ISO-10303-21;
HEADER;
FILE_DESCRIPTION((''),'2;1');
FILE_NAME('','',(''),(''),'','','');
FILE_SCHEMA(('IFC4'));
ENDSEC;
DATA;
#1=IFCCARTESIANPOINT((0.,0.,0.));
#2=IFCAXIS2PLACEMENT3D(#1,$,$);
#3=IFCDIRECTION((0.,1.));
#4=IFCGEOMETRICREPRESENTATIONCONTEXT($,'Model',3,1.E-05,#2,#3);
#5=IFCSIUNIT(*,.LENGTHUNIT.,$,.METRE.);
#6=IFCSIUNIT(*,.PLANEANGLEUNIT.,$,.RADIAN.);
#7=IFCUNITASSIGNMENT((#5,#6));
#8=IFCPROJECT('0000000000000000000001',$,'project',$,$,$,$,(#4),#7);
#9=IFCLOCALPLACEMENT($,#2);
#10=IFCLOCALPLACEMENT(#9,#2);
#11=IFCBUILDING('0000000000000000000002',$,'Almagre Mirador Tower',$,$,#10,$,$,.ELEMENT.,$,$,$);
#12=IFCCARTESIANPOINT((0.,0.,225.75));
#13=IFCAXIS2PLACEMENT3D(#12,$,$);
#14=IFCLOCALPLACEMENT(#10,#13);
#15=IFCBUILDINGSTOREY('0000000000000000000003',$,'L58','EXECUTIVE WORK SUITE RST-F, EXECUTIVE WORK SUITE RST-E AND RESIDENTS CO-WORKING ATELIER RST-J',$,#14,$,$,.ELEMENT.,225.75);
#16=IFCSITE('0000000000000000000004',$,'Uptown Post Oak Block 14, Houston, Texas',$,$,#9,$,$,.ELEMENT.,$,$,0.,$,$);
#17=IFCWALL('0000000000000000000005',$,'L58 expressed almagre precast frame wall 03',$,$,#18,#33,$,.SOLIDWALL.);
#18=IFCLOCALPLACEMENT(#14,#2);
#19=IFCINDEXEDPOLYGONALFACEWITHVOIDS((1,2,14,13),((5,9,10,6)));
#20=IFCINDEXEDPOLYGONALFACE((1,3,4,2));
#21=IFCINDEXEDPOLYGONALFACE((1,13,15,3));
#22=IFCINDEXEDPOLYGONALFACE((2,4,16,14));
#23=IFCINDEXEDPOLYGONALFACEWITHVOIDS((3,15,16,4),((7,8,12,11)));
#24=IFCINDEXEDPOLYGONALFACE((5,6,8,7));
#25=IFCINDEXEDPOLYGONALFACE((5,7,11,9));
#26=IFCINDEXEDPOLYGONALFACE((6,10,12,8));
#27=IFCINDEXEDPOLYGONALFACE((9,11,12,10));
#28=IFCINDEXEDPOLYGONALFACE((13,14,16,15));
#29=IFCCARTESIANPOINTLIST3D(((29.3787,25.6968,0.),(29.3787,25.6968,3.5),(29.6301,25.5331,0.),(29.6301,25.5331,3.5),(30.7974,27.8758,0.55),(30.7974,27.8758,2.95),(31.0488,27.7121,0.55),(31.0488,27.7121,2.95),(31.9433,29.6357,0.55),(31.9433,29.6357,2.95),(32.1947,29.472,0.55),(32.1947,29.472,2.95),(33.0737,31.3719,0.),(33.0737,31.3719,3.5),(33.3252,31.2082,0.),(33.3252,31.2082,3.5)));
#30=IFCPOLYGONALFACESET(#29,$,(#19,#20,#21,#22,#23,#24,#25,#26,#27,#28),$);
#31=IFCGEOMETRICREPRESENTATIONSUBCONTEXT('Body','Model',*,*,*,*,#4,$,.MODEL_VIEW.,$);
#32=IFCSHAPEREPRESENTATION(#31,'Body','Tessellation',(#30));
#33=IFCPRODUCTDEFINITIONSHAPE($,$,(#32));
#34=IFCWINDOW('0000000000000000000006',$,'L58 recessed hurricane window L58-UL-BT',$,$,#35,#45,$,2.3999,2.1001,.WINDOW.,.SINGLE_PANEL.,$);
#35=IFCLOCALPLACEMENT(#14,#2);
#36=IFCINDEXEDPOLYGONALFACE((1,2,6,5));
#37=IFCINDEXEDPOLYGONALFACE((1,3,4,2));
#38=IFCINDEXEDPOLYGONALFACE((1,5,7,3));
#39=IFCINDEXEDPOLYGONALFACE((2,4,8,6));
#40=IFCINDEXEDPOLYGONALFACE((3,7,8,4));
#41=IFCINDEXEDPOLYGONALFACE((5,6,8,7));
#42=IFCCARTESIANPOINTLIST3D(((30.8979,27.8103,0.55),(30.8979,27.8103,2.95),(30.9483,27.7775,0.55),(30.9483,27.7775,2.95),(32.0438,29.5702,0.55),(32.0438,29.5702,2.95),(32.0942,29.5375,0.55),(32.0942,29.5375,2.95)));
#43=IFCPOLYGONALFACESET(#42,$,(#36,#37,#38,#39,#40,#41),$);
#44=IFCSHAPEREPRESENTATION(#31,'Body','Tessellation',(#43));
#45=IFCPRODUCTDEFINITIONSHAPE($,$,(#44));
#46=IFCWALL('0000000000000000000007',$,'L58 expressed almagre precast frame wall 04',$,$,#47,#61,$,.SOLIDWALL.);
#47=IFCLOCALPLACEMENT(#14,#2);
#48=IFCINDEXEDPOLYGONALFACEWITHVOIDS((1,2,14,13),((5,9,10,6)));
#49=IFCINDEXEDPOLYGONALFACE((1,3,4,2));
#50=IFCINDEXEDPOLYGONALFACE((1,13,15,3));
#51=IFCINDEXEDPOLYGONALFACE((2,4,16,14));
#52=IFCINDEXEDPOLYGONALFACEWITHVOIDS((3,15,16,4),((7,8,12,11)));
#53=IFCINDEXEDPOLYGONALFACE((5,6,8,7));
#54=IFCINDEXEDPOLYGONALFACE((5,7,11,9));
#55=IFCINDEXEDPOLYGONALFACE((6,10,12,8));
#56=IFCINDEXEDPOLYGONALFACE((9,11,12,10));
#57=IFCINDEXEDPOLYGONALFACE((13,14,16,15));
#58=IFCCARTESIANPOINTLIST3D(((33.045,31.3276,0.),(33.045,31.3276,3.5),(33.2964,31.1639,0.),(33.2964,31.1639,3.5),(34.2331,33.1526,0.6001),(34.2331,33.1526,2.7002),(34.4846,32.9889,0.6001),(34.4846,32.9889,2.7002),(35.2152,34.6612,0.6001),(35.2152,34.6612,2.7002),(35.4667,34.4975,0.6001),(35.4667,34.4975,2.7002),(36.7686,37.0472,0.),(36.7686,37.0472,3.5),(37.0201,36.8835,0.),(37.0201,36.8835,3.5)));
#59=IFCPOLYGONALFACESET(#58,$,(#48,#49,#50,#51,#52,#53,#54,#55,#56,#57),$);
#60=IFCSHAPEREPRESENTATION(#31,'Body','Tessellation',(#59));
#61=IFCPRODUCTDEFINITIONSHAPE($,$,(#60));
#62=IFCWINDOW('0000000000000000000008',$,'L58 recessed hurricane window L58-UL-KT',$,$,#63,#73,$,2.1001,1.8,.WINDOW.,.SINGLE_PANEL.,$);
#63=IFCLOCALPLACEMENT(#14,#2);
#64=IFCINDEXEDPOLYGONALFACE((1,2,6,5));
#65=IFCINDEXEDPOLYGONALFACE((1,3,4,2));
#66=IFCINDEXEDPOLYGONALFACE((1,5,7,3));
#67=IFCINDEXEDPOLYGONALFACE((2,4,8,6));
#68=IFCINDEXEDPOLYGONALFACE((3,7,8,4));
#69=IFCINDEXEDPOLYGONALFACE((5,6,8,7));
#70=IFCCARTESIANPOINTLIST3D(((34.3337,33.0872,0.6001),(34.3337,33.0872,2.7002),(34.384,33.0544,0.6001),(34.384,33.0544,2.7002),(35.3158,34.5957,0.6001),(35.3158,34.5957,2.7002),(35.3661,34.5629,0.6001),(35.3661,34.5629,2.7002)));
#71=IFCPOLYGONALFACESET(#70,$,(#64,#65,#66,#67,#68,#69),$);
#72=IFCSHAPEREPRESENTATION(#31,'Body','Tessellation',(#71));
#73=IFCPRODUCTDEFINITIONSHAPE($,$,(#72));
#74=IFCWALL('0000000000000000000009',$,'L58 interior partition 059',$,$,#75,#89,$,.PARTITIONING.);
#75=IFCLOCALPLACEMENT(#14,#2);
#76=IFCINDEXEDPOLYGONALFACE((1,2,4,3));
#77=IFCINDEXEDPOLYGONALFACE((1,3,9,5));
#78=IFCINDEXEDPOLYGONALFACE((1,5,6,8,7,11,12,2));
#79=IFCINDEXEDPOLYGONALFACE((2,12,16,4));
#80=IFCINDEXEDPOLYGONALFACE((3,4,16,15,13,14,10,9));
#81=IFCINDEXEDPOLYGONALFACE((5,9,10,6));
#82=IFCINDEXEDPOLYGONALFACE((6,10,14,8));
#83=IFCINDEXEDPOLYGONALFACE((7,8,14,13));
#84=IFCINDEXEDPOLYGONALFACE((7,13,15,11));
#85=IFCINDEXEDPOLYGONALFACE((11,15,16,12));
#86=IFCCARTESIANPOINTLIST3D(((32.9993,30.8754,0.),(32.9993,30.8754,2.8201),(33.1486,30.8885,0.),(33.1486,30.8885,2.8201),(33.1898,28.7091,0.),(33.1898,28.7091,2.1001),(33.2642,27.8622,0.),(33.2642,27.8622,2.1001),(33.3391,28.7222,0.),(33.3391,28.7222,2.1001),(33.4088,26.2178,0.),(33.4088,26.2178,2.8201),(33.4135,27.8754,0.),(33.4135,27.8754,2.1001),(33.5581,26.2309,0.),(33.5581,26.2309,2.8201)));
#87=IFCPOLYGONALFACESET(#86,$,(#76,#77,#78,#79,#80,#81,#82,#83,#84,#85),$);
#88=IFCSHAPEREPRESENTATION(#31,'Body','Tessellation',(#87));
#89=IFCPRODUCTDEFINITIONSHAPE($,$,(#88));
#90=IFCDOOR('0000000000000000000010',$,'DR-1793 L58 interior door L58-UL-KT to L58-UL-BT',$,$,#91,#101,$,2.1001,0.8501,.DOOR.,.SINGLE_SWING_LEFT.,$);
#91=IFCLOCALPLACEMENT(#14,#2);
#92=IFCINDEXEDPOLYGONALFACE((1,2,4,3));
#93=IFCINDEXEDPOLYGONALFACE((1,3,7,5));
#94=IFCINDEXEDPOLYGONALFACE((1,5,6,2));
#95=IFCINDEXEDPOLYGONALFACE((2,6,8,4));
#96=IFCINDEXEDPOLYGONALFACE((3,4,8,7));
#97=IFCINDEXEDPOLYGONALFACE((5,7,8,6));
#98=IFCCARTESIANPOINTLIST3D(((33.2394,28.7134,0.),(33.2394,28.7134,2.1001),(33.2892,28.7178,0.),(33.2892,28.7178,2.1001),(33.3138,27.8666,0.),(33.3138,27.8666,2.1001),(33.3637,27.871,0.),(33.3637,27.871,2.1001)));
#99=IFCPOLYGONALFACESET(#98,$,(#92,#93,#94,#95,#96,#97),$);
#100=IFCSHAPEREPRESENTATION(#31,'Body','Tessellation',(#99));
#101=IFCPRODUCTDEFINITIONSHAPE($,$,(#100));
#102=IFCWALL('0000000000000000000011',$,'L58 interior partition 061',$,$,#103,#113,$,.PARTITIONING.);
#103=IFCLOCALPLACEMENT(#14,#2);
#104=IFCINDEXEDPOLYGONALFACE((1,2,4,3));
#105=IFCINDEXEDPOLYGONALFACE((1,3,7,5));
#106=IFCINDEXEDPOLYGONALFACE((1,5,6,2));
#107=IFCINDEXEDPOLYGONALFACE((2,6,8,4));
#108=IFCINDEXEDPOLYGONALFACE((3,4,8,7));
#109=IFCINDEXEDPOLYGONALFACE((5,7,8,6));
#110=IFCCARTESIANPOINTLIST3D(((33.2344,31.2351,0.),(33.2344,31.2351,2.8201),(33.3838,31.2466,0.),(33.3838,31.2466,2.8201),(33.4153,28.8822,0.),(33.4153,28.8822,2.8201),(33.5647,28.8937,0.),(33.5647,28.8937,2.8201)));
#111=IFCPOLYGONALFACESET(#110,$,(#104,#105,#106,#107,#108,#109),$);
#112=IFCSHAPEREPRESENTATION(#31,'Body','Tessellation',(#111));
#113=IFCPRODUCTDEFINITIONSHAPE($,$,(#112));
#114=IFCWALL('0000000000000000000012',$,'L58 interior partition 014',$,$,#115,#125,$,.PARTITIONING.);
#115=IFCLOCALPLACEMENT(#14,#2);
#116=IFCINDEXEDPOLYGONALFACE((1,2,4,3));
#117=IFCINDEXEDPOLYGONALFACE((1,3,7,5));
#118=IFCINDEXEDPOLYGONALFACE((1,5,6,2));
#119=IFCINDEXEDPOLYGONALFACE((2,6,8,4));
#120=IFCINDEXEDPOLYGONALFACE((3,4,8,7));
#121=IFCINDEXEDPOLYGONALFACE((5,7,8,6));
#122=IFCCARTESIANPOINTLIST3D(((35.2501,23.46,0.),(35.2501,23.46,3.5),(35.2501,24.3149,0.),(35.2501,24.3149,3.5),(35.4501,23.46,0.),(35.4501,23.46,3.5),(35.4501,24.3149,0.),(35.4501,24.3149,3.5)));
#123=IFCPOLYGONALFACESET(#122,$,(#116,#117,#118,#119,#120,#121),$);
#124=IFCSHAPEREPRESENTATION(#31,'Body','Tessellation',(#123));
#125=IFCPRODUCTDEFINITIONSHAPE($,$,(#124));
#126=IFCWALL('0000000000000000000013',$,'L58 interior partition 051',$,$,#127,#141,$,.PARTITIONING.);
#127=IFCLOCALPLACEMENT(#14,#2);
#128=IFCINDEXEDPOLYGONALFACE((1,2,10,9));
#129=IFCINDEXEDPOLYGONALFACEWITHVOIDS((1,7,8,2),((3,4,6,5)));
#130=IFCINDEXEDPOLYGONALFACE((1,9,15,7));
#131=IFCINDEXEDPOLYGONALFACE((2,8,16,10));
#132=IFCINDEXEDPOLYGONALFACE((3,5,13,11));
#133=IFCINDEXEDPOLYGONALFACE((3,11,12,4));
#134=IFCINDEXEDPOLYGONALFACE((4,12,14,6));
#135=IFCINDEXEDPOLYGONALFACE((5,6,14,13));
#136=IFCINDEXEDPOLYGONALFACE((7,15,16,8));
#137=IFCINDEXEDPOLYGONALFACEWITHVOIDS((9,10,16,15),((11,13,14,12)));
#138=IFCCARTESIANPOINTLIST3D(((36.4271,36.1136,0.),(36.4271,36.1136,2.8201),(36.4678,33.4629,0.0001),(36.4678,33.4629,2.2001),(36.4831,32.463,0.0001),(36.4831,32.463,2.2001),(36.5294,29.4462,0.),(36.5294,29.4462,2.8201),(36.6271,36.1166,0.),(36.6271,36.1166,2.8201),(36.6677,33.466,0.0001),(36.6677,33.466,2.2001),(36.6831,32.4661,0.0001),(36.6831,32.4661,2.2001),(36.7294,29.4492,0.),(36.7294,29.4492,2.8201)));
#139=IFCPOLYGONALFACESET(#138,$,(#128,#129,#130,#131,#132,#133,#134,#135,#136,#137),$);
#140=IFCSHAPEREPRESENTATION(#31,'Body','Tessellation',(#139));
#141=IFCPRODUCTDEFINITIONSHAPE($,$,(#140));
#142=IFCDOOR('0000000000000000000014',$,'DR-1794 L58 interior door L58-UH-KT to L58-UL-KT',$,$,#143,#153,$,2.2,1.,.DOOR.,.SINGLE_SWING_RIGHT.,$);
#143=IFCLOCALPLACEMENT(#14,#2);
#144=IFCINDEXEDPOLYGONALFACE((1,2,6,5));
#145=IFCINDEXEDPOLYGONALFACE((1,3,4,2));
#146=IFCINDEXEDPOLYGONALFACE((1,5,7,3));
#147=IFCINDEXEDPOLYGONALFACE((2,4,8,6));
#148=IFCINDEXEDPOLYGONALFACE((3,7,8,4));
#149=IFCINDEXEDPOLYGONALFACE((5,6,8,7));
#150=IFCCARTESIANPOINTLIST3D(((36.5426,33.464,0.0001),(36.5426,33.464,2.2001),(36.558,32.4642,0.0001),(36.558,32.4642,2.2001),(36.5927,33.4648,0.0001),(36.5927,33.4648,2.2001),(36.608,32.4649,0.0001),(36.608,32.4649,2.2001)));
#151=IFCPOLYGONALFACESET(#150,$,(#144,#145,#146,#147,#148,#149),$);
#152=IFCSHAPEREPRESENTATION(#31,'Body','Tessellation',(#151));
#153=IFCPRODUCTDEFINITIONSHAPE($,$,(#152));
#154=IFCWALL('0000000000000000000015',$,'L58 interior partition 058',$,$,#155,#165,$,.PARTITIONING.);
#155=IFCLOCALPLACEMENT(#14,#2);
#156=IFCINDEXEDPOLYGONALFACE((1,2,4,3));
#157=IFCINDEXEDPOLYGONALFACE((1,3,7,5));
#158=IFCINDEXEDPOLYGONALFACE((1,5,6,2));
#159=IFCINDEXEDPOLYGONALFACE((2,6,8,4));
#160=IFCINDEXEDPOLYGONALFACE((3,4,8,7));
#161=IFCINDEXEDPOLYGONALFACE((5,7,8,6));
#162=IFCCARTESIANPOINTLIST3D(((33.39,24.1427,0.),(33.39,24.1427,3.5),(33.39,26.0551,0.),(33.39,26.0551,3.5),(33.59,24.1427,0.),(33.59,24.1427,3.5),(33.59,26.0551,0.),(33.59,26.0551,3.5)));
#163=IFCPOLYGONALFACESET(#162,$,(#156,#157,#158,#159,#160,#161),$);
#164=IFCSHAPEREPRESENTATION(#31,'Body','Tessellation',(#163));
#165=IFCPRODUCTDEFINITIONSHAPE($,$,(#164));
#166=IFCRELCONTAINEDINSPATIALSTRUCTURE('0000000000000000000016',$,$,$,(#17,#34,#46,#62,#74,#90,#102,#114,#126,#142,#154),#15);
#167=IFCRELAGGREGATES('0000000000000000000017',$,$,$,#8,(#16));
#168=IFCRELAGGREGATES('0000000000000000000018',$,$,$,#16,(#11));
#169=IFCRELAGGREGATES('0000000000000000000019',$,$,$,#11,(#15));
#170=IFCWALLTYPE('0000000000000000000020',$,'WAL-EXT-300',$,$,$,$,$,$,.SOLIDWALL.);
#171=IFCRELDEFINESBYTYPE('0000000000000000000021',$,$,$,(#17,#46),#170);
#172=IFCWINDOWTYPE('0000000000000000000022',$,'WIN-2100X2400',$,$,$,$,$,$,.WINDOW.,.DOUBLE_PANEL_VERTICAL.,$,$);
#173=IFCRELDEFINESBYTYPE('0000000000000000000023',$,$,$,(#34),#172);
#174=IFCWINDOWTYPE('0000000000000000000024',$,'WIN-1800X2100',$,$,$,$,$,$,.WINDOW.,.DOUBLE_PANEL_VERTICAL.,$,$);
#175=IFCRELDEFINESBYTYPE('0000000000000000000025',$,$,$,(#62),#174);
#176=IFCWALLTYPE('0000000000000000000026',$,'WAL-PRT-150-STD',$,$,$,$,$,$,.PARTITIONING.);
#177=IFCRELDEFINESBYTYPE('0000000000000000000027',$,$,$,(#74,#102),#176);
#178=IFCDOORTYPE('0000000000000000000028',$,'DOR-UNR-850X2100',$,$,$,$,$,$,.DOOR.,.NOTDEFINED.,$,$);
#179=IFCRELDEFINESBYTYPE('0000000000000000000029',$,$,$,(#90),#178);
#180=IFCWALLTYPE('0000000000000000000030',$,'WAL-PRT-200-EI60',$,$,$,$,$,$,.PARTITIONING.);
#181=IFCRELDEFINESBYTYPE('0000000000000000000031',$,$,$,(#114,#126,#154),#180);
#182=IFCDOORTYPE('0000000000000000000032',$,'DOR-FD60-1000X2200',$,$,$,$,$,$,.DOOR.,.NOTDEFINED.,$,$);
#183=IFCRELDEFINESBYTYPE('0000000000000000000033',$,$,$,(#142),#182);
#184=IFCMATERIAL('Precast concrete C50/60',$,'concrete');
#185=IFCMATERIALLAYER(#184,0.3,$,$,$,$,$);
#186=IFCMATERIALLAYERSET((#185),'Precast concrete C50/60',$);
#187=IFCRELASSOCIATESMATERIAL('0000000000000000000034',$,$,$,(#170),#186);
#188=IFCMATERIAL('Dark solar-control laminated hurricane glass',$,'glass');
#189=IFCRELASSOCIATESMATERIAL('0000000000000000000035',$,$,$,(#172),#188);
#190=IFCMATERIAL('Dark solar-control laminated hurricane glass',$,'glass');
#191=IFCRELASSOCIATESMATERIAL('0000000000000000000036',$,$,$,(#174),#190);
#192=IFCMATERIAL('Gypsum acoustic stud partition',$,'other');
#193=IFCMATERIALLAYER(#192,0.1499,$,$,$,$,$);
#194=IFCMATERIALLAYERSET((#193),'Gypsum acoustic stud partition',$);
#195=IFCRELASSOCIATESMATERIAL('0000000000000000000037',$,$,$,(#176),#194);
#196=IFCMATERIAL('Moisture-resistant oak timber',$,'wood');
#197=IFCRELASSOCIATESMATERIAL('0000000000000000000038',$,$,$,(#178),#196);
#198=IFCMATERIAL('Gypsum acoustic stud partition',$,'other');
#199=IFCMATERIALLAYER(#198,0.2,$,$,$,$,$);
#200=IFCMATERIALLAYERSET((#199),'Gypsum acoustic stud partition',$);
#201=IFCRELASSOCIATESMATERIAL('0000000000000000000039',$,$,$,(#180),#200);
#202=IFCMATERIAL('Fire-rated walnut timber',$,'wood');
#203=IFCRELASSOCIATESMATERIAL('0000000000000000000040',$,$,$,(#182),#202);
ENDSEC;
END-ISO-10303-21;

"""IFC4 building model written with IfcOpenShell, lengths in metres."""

from ifc_helpers import new_model, si_unit, direction, frame, frame_2d, origin, place, context, subcontext, project, spatial, rectangle, extrude, material, layer, layer_set, type_object, element, fill, save


model = new_model("IFC4")

# Units and contexts
model_context = context("Model", 3, precision=1e-05, world=origin(), true_north=direction((0.0, 1.0)))
body_context = subcontext(model_context, "Body", "Model", "MODEL_VIEW")
ifc_project = project(units=[si_unit("LENGTHUNIT", "METRE"), si_unit("PLANEANGLEUNIT", "RADIAN")], contexts=[model_context])

# Site, building, storey
site_placement = place(None, origin())
site = spatial("IfcSite", under=ifc_project, at=site_placement, Name="Uptown Post Oak Block 14, Houston, Texas", CompositionType="ELEMENT", RefElevation=0.0)
building_placement = place(site_placement, origin())
building = spatial("IfcBuilding", under=site, at=building_placement, Name="Almagre Mirador Tower", CompositionType="ELEMENT")
storey_placement = place(building_placement, frame((0.0, 0.0, 225.75)))
storey = spatial("IfcBuildingStorey", under=building, at=storey_placement, Name="L58", Description="EXECUTIVE WORK SUITE RST-F, EXECUTIVE WORK SUITE RST-E AND RESIDENTS CO-WORKING ATELIER RST-J", CompositionType="ELEMENT", Elevation=225.75)

# Walls, openings, windows
ifc_material_1 = material(Name="Precast concrete C50/60", Category="concrete")
ifc_layer_1 = layer(ifc_material_1, 0.3)
ifc_layer_set_1 = layer_set([ifc_layer_1], Name="Precast concrete C50/60")
wall_type_1 = type_object("IfcWallType", Name="WAL-EXT-300", PredefinedType="SOLIDWALL", material=ifc_layer_set_1)
wall_1_placement = place(storey_placement, frame((29.5044, 25.615, 0.0), z_axis=(0.0, 0.0, 1.0), x_axis=(0.545641, 0.838019, 0.0)))
wall_1 = element("IfcWall", 1, at=wall_1_placement, inside=storey, type_object=wall_type_1, Name="L58 expressed almagre precast frame wall 03", PredefinedType="SOLIDWALL", context=body_context, shape_type="SweptSolid", body=[
    extrude(rectangle(XDim=6.772, YDim=0.3, at=frame_2d((3.386, 0.0))), origin(), (0.0, 0.0, 1.0), 3.5),
])
opening_1_placement = place(wall_1_placement, frame((2.6001, 0.0, 0.55)))
opening_1 = element("IfcOpeningElement", 2, at=opening_1_placement, cuts=wall_1, PredefinedType="OPENING", context=body_context, shape_type="SweptSolid", body=[
    extrude(rectangle(XDim=2.1001, YDim=2.3999, at=frame_2d((1.05, 1.2))), frame((0.0, 0.1599, 0.0), z_axis=(0.0, -1.0, 0.0), x_axis=(1.0, 0.0, 0.0)), (0.0, 0.0, 1.0), 0.32),
])
ifc_material_2 = material(Name="Dark solar-control laminated hurricane glass", Category="glass")
window_type_1 = type_object("IfcWindowType", Name="WIN-2100X2400", PartitioningType="DOUBLE_PANEL_VERTICAL", PredefinedType="WINDOW", material=ifc_material_2)
window_1_placement = place(opening_1_placement, origin())
window_1 = element("IfcWindow", 3, at=window_1_placement, inside=storey, type_object=window_type_1, Name="L58 recessed hurricane window L58-UL-BT", OverallHeight=2.3999, OverallWidth=2.1001, PartitioningType="SINGLE_PANEL", PredefinedType="WINDOW", context=body_context, shape_type="SweptSolid", body=[
    extrude(rectangle(XDim=2.1001, YDim=2.3999, at=frame_2d((1.05, 1.2))), frame((0.0, 0.03, 0.0), z_axis=(0.0, -1.0, 0.0), x_axis=(1.0, 0.0, 0.0)), (0.0, 0.0, 1.0), 0.0601),
])
fill(opening_1, window_1)
wall_2_placement = place(storey_placement, frame((33.1707, 31.2456, 0.0), z_axis=(0.0, 0.0, 1.0), x_axis=(0.545587, 0.838054, 0.0)))
wall_2 = element("IfcWall", 4, at=wall_2_placement, inside=storey, type_object=wall_type_1, Name="L58 expressed almagre precast frame wall 04", PredefinedType="SOLIDWALL", context=body_context, shape_type="SweptSolid", body=[
    extrude(rectangle(XDim=6.825, YDim=0.3, at=frame_2d((3.4126, 0.0))), origin(), (0.0, 0.0, 1.0), 3.5),
])
opening_2_placement = place(wall_2_placement, frame((2.178, 0.0, 0.6001)))
opening_2 = element("IfcOpeningElement", 5, at=opening_2_placement, cuts=wall_2, PredefinedType="OPENING", context=body_context, shape_type="SweptSolid", body=[
    extrude(rectangle(XDim=1.8, YDim=2.1001, at=frame_2d((0.8999, 1.05))), frame((0.0, 0.1599, 0.0), z_axis=(0.0, -1.0, 0.0), x_axis=(1.0, 0.0, 0.0)), (0.0, 0.0, 1.0), 0.32),
])
ifc_material_3 = material(Name="Dark solar-control laminated hurricane glass", Category="glass")
window_type_2 = type_object("IfcWindowType", Name="WIN-1800X2100", PartitioningType="DOUBLE_PANEL_VERTICAL", PredefinedType="WINDOW", material=ifc_material_3)
window_2_placement = place(opening_2_placement, origin())
window_2 = element("IfcWindow", 6, at=window_2_placement, inside=storey, type_object=window_type_2, Name="L58 recessed hurricane window L58-UL-KT", OverallHeight=2.1001, OverallWidth=1.8, PartitioningType="SINGLE_PANEL", PredefinedType="WINDOW", context=body_context, shape_type="SweptSolid", body=[
    extrude(rectangle(XDim=1.8, YDim=2.1001, at=frame_2d((0.8999, 1.05))), frame((0.0, 0.03, 0.0), z_axis=(0.0, -1.0, 0.0), x_axis=(1.0, 0.0, 0.0)), (0.0, 0.0, 1.0), 0.0601),
])
fill(opening_2, window_2)

# Wall, opening, door
ifc_material_4 = material(Name="Gypsum acoustic stud partition", Category="other")
ifc_layer_2 = layer(ifc_material_4, 0.1499)
ifc_layer_set_2 = layer_set([ifc_layer_2], Name="Gypsum acoustic stud partition")
wall_type_2 = type_object("IfcWallType", Name="WAL-PRT-150-STD", PredefinedType="PARTITIONING", material=ifc_layer_set_2)
wall_3_placement = place(storey_placement, frame((33.074, 30.8821, 0.0), z_axis=(0.0, 0.0, 1.0), x_axis=(0.087569, -0.996158, 0.0)))
wall_3 = element("IfcWall", 7, at=wall_3_placement, inside=storey, type_object=wall_type_2, Name="L58 interior partition 059", PredefinedType="PARTITIONING", context=body_context, shape_type="SweptSolid", body=[
    extrude(rectangle(XDim=4.6755, YDim=0.1499, at=frame_2d((2.3379, 0.0))), origin(), (0.0, 0.0, 1.0), 2.8201),
])
opening_3_placement = place(wall_3_placement, frame((2.1748, 0.0, 0.0)))
opening_3 = element("IfcOpeningElement", 8, at=opening_3_placement, cuts=wall_3, PredefinedType="OPENING", context=body_context, shape_type="SweptSolid", body=[
    extrude(rectangle(XDim=0.8501, YDim=2.1001, at=frame_2d((0.425, 1.05))), frame((0.0, 0.085, 0.0), z_axis=(0.0, -1.0, 0.0), x_axis=(1.0, 0.0, 0.0)), (0.0, 0.0, 1.0), 0.1699),
])
ifc_material_5 = material(Name="Moisture-resistant oak timber", Category="wood")
door_type_1 = type_object("IfcDoorType", Name="DOR-UNR-850X2100", OperationType="NOTDEFINED", PredefinedType="DOOR", material=ifc_material_5)
door_1_placement = place(opening_3_placement, origin())
door_1 = element("IfcDoor", 9, at=door_1_placement, inside=storey, type_object=door_type_1, Name="DR-1793 L58 interior door L58-UL-KT to L58-UL-BT", OperationType="SINGLE_SWING_LEFT", OverallHeight=2.1001, OverallWidth=0.8501, PredefinedType="DOOR", context=body_context, shape_type="SweptSolid", body=[
    extrude(rectangle(XDim=0.8501, YDim=2.1001, at=frame_2d((0.425, 1.05))), frame((0.0, 0.0249, 0.0), z_axis=(0.0, -1.0, 0.0), x_axis=(1.0, 0.0, 0.0)), (0.0, 0.0, 1.0), 0.05),
])
fill(opening_3, door_1)

# Walls
wall_4_placement = place(storey_placement, frame((33.49, 28.8879, 0.0), z_axis=(0.0, 0.0, 1.0), x_axis=(-0.076657, 0.997058, 0.0)))
element("IfcWall", 10, at=wall_4_placement, inside=storey, type_object=wall_type_2, Name="L58 interior partition 061", PredefinedType="PARTITIONING", context=body_context, shape_type="SweptSolid", body=[
    extrude(rectangle(XDim=2.3599, YDim=0.1499, at=frame_2d((1.1799, 0.0))), origin(), (0.0, 0.0, 1.0), 2.8201),
])
ifc_material_6 = material(Name="Gypsum acoustic stud partition", Category="other")
ifc_layer_3 = layer(ifc_material_6, 0.2)
ifc_layer_set_3 = layer_set([ifc_layer_3], Name="Gypsum acoustic stud partition")
wall_type_3 = type_object("IfcWallType", Name="WAL-PRT-200-EI60", PredefinedType="PARTITIONING", material=ifc_layer_set_3)
wall_5_placement = place(storey_placement, frame((35.3501, 24.3149, 0.0), z_axis=(0.0, 0.0, 1.0), x_axis=(0.0, -1.0, 0.0)))
element("IfcWall", 11, at=wall_5_placement, inside=storey, type_object=wall_type_3, Name="L58 interior partition 014", PredefinedType="PARTITIONING", context=body_context, shape_type="SweptSolid", body=[
    extrude(rectangle(XDim=0.855, YDim=0.2, at=frame_2d((0.4275, 0.0))), origin(), (0.0, 0.0, 1.0), 3.5),
])

# Wall, opening, door
wall_6_placement = place(storey_placement, frame((36.5271, 36.115, 0.0), z_axis=(0.0, 0.0, 1.0), x_axis=(0.015341, -0.999882, 0.0)))
wall_6 = element("IfcWall", 12, at=wall_6_placement, inside=storey, type_object=wall_type_3, Name="L58 interior partition 051", PredefinedType="PARTITIONING", context=body_context, shape_type="SweptSolid", body=[
    extrude(rectangle(XDim=6.6682, YDim=0.2, at=frame_2d((3.334, 0.0))), origin(), (0.0, 0.0, 1.0), 2.8201),
])
opening_4_placement = place(wall_6_placement, frame((2.6509, 0.0, 0.0)))
opening_4 = element("IfcOpeningElement", 13, at=opening_4_placement, cuts=wall_6, PredefinedType="OPENING", context=body_context, shape_type="SweptSolid", body=[
    extrude(rectangle(XDim=1.0, YDim=2.2, at=frame_2d((0.5, 1.1001))), frame((0.0, 0.1101, 0.0), z_axis=(0.0, -1.0, 0.0), x_axis=(1.0, 0.0, 0.0)), (0.0, 0.0, 1.0), 0.22),
])
ifc_material_7 = material(Name="Fire-rated walnut timber", Category="wood")
door_type_2 = type_object("IfcDoorType", Name="DOR-FD60-1000X2200", OperationType="NOTDEFINED", PredefinedType="DOOR", material=ifc_material_7)
door_2_placement = place(opening_4_placement, origin())
door_2 = element("IfcDoor", 14, at=door_2_placement, inside=storey, type_object=door_type_2, Name="DR-1794 L58 interior door L58-UH-KT to L58-UL-KT", OperationType="SINGLE_SWING_RIGHT", OverallHeight=2.2, OverallWidth=1.0, PredefinedType="DOOR", context=body_context, shape_type="SweptSolid", body=[
    extrude(rectangle(XDim=1.0, YDim=2.2, at=frame_2d((0.5, 1.1001))), frame((0.0, 0.0249, 0.0), z_axis=(0.0, -1.0, 0.0), x_axis=(1.0, 0.0, 0.0)), (0.0, 0.0, 1.0), 0.05),
])
fill(opening_4, door_2)

# Wall
wall_7_placement = place(storey_placement, frame((33.49, 26.0549, 0.0), z_axis=(0.0, 0.0, 1.0), x_axis=(0.0, -1.0, 0.0)))
element("IfcWall", 15, at=wall_7_placement, inside=storey, type_object=wall_type_3, Name="L58 interior partition 058", PredefinedType="PARTITIONING", context=body_context, shape_type="SweptSolid", body=[
    extrude(rectangle(XDim=1.9124, YDim=0.2, at=frame_2d((0.9561, 0.0))), origin(), (0.0, 0.0, 1.0), 3.5),
])

save(model, "model.ifc")
